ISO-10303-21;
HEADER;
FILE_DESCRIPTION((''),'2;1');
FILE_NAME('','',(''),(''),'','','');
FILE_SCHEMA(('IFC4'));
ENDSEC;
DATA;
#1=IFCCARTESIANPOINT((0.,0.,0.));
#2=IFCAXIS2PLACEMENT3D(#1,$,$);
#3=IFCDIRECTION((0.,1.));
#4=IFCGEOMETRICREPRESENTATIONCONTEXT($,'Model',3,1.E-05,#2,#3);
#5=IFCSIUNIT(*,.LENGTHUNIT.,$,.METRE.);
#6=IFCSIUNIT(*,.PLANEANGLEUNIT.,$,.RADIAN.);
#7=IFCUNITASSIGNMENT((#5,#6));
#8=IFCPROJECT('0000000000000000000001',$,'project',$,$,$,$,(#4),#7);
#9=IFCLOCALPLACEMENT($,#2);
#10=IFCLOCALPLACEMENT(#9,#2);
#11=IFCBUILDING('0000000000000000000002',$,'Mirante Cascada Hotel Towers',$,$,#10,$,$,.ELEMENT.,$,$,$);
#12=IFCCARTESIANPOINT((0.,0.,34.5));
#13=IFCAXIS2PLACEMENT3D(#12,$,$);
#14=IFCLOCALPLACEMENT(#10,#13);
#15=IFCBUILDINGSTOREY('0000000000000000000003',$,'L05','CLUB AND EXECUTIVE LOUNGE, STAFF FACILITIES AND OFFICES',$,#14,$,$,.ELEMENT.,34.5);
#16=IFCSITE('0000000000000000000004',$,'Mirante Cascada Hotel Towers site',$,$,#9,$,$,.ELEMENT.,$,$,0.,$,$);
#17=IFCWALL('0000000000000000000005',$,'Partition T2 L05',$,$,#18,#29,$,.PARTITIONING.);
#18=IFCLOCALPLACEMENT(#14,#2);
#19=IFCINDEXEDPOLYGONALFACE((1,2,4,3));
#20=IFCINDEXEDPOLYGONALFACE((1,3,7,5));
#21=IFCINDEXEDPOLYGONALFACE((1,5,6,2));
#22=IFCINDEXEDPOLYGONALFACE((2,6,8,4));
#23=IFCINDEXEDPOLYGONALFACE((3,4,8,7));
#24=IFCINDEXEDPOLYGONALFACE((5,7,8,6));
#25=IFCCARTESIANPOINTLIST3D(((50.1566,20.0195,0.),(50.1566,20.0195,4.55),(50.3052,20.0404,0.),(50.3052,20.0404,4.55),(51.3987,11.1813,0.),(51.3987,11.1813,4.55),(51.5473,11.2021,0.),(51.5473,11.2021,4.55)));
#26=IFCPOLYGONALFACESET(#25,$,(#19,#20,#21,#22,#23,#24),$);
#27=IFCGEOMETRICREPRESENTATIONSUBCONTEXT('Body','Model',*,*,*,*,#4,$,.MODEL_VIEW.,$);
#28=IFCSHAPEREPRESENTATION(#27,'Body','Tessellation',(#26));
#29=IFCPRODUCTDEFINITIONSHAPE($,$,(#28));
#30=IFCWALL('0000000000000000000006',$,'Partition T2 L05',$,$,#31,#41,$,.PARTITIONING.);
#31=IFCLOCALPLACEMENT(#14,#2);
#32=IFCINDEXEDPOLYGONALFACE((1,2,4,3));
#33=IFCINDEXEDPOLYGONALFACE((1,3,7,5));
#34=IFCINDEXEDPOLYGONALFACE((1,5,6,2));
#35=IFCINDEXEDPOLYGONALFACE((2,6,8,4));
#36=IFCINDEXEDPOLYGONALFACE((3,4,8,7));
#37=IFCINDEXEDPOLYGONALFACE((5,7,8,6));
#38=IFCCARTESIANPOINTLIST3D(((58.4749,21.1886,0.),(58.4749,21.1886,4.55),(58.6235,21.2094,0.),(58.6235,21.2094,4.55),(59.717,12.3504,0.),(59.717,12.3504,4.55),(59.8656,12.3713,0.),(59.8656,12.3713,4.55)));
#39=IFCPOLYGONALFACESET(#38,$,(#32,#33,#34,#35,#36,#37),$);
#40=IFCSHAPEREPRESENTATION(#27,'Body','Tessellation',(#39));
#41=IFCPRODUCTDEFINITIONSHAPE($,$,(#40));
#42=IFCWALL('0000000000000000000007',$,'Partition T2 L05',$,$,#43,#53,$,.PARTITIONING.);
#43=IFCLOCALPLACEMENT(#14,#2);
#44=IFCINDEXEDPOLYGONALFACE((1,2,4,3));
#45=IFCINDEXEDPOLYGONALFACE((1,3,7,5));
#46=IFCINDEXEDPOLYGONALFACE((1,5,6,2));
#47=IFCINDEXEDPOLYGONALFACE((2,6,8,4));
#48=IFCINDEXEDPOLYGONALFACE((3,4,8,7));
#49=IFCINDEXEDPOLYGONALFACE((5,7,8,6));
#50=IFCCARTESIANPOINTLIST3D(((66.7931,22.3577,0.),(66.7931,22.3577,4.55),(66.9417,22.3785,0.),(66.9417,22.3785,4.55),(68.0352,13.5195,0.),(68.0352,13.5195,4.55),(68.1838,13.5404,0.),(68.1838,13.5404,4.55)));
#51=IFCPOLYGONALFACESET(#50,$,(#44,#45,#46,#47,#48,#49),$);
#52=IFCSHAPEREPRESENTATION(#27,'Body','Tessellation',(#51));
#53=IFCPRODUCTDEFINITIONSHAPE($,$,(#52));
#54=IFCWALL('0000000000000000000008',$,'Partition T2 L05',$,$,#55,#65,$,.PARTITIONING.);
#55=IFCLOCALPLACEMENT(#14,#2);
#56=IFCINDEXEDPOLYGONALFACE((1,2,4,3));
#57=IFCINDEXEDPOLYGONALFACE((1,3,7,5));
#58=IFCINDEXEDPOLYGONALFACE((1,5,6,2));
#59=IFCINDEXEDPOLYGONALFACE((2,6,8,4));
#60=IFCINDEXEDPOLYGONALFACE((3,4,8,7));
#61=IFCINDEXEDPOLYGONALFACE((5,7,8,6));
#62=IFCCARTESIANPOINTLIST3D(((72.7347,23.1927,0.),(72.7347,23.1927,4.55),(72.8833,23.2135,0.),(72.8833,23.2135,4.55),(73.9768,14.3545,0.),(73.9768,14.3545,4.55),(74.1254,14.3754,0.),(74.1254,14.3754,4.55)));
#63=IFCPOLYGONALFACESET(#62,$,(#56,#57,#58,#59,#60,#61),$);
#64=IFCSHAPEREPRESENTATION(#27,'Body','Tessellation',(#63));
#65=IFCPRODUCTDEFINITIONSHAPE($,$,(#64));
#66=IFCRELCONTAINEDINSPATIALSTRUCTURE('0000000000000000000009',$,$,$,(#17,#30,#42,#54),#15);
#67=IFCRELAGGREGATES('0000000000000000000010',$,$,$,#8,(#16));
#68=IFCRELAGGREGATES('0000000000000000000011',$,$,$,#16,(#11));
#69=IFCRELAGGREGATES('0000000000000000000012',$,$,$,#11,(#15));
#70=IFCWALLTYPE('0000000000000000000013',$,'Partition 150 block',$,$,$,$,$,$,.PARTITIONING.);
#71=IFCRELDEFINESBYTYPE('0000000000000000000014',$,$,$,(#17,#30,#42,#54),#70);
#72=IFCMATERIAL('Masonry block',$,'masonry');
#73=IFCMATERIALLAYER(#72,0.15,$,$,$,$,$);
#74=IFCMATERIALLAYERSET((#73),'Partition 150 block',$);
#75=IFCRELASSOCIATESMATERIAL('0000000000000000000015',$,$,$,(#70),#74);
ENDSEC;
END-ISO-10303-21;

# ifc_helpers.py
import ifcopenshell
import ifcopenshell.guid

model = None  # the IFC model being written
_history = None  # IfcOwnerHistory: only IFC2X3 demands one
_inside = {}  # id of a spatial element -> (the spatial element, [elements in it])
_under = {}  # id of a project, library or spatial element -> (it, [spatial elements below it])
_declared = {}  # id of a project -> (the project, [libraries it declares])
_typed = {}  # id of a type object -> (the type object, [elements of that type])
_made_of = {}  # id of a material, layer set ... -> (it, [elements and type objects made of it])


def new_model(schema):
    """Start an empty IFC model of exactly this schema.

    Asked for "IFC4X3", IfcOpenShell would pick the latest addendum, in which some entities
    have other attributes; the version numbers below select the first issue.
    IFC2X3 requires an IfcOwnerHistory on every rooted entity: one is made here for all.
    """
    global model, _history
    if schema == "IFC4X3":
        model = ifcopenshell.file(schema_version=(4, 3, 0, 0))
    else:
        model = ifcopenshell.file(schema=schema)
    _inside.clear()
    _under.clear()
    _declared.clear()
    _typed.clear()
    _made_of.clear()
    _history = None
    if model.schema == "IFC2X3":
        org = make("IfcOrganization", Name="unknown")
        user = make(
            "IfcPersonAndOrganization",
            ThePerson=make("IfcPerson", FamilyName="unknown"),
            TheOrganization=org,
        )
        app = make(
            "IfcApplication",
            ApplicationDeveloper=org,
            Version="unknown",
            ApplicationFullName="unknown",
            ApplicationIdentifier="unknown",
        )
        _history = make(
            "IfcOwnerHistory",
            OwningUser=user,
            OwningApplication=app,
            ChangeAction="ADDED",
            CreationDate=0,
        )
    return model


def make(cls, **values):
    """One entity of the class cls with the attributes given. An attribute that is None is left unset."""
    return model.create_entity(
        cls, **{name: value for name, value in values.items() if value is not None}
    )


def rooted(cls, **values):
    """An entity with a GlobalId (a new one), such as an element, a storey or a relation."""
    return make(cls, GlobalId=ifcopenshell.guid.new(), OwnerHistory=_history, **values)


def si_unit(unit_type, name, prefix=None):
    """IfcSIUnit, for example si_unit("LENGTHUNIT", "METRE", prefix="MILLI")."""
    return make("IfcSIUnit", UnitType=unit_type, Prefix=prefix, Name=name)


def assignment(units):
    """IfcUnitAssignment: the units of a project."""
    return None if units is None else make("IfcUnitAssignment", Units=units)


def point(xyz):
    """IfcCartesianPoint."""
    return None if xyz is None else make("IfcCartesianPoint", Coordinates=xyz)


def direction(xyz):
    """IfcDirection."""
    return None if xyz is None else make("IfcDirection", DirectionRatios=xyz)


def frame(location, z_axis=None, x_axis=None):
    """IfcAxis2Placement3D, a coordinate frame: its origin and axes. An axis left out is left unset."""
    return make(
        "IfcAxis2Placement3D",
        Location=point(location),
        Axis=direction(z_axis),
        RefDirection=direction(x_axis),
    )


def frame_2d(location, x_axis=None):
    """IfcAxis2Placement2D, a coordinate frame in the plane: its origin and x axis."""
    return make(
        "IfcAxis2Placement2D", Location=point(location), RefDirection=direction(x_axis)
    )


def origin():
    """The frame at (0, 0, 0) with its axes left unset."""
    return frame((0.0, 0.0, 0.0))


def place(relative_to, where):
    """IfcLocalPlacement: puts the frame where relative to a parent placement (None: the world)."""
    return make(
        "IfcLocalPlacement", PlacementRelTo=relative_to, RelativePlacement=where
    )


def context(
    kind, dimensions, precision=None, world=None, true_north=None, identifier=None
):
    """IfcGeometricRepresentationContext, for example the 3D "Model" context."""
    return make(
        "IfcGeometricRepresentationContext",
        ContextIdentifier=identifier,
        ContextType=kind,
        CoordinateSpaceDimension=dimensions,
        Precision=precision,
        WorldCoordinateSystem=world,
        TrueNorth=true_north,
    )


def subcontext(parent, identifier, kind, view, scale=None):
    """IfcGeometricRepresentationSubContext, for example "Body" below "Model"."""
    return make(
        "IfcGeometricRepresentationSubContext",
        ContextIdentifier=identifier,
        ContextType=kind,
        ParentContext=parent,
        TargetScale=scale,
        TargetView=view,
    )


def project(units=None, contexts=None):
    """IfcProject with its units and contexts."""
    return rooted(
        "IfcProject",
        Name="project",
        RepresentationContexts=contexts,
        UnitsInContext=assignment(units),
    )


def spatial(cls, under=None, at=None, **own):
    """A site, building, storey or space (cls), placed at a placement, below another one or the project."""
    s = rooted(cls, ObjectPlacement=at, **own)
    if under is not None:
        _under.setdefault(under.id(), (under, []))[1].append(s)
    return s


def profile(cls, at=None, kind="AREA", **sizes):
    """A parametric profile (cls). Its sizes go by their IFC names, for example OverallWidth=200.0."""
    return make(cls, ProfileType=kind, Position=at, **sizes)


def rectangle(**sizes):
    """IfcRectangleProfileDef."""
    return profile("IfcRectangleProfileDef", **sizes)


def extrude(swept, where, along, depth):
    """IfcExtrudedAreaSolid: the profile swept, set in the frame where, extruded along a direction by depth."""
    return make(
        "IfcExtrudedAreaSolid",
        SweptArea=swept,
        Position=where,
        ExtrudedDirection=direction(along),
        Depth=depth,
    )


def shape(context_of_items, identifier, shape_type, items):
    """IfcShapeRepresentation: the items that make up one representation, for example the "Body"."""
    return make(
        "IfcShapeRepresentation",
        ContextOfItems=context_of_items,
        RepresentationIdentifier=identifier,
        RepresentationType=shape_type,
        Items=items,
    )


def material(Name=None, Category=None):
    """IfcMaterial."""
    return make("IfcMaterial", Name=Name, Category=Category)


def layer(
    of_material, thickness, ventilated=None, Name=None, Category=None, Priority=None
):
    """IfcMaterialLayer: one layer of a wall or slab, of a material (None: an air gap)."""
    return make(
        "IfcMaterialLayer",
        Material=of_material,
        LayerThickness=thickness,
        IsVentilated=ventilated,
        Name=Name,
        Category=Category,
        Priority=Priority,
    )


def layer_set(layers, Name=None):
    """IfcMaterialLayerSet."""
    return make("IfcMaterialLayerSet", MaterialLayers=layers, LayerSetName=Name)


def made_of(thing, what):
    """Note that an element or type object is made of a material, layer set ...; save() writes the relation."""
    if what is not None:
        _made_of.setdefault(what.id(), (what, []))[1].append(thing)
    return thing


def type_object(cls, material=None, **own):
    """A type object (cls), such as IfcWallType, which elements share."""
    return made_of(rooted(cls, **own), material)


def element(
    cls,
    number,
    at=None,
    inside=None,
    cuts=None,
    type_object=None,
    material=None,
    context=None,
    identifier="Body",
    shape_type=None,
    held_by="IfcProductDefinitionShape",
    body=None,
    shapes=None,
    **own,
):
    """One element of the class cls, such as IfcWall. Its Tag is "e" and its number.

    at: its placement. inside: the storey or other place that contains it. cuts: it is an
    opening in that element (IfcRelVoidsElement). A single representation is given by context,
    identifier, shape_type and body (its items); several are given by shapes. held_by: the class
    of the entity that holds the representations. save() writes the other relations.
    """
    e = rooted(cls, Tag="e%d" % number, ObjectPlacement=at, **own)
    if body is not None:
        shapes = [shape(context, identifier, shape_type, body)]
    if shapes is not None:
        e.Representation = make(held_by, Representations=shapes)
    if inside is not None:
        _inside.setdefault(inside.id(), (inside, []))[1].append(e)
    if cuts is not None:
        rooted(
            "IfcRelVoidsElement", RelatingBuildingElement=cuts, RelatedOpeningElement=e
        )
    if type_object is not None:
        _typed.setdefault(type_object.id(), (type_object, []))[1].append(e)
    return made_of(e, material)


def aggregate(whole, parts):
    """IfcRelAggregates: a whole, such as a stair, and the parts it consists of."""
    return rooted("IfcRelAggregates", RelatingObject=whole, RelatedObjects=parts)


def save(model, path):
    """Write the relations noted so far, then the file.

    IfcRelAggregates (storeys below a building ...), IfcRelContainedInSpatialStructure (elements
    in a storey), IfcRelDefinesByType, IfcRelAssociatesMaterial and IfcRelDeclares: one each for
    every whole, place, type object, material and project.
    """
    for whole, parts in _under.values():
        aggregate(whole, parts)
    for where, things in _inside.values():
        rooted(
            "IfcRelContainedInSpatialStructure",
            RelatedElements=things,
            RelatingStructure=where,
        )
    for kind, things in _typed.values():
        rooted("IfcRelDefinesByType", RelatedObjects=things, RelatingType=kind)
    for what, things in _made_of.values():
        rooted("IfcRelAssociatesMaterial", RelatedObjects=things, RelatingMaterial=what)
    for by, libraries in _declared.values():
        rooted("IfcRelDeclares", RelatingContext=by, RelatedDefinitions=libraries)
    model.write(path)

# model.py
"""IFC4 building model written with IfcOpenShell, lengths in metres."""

from ifc_helpers import new_model, si_unit, direction, frame, frame_2d, origin, place, context, subcontext, project, spatial, rectangle, extrude, material, layer, layer_set, type_object, element, save


model = new_model("IFC4")

# Units and contexts
model_context = context("Model", 3, precision=1e-05, world=origin(), true_north=direction((0.0, 1.0)))
body_context = subcontext(model_context, "Body", "Model", "MODEL_VIEW")
ifc_project = project(units=[si_unit("LENGTHUNIT", "METRE"), si_unit("PLANEANGLEUNIT", "RADIAN")], contexts=[model_context])

# Site, building, storey
site_placement = place(None, origin())
site = spatial("IfcSite", under=ifc_project, at=site_placement, Name="Mirante Cascada Hotel Towers site", CompositionType="ELEMENT", RefElevation=0.0)
building_placement = place(site_placement, origin())
building = spatial("IfcBuilding", under=site, at=building_placement, Name="Mirante Cascada Hotel Towers", CompositionType="ELEMENT")
storey_placement = place(building_placement, frame((0.0, 0.0, 34.5)))
storey = spatial("IfcBuildingStorey", under=building, at=storey_placement, Name="L05", Description="CLUB AND EXECUTIVE LOUNGE, STAFF FACILITIES AND OFFICES", CompositionType="ELEMENT", Elevation=34.5)

# Walls
ifc_material_1 = material(Name="Masonry block", Category="masonry")
ifc_layer_1 = layer(ifc_material_1, 0.15)
ifc_layer_set_1 = layer_set([ifc_layer_1], Name="Partition 150 block")
wall_type_1 = type_object("IfcWallType", Name="Partition 150 block", PredefinedType="PARTITIONING", material=ifc_layer_set_1)
wall_placement = place(storey_placement, frame((50.2309, 20.03, 0.0), z_axis=(0.0, 0.0, 1.0), x_axis=(0.13917, -0.990268, 0.0)))
element("IfcWall", 1, at=wall_placement, inside=storey, type_object=wall_type_1, Name="Partition T2 L05", PredefinedType="PARTITIONING", context=body_context, shape_type="SweptSolid", body=[
    extrude(rectangle(XDim=8.9251, YDim=0.15, at=frame_2d((4.4626, 0.0))), origin(), (0.0, 0.0, 1.0), 4.55),
])
for number, where, z_axis, x_axis, name in (
    (2, (58.5492, 21.199, 0.0), (0.0, 0.0, 1.0), (0.139172, -0.990268, 0.0), "Partition T2 L05"),
    (3, (66.8674, 22.3681, 0.0), (0.0, 0.0, 1.0), (0.139172, -0.990268, 0.0), "Partition T2 L05"),
    (4, (72.809, 23.2031, 0.0), (0.0, 0.0, 1.0), (0.139172, -0.990268, 0.0), "Partition T2 L05"),
):
    element("IfcWall", number, at=place(storey_placement, frame(where, z_axis=z_axis, x_axis=x_axis)), inside=storey, type_object=wall_type_1, Name=name, PredefinedType="PARTITIONING", context=body_context, shape_type="SweptSolid", body=[
        extrude(rectangle(XDim=8.925, YDim=0.15, at=frame_2d((4.4625, 0.0))), origin(), (0.0, 0.0, 1.0), 4.55),
    ])

save(model, "model.ifc")
